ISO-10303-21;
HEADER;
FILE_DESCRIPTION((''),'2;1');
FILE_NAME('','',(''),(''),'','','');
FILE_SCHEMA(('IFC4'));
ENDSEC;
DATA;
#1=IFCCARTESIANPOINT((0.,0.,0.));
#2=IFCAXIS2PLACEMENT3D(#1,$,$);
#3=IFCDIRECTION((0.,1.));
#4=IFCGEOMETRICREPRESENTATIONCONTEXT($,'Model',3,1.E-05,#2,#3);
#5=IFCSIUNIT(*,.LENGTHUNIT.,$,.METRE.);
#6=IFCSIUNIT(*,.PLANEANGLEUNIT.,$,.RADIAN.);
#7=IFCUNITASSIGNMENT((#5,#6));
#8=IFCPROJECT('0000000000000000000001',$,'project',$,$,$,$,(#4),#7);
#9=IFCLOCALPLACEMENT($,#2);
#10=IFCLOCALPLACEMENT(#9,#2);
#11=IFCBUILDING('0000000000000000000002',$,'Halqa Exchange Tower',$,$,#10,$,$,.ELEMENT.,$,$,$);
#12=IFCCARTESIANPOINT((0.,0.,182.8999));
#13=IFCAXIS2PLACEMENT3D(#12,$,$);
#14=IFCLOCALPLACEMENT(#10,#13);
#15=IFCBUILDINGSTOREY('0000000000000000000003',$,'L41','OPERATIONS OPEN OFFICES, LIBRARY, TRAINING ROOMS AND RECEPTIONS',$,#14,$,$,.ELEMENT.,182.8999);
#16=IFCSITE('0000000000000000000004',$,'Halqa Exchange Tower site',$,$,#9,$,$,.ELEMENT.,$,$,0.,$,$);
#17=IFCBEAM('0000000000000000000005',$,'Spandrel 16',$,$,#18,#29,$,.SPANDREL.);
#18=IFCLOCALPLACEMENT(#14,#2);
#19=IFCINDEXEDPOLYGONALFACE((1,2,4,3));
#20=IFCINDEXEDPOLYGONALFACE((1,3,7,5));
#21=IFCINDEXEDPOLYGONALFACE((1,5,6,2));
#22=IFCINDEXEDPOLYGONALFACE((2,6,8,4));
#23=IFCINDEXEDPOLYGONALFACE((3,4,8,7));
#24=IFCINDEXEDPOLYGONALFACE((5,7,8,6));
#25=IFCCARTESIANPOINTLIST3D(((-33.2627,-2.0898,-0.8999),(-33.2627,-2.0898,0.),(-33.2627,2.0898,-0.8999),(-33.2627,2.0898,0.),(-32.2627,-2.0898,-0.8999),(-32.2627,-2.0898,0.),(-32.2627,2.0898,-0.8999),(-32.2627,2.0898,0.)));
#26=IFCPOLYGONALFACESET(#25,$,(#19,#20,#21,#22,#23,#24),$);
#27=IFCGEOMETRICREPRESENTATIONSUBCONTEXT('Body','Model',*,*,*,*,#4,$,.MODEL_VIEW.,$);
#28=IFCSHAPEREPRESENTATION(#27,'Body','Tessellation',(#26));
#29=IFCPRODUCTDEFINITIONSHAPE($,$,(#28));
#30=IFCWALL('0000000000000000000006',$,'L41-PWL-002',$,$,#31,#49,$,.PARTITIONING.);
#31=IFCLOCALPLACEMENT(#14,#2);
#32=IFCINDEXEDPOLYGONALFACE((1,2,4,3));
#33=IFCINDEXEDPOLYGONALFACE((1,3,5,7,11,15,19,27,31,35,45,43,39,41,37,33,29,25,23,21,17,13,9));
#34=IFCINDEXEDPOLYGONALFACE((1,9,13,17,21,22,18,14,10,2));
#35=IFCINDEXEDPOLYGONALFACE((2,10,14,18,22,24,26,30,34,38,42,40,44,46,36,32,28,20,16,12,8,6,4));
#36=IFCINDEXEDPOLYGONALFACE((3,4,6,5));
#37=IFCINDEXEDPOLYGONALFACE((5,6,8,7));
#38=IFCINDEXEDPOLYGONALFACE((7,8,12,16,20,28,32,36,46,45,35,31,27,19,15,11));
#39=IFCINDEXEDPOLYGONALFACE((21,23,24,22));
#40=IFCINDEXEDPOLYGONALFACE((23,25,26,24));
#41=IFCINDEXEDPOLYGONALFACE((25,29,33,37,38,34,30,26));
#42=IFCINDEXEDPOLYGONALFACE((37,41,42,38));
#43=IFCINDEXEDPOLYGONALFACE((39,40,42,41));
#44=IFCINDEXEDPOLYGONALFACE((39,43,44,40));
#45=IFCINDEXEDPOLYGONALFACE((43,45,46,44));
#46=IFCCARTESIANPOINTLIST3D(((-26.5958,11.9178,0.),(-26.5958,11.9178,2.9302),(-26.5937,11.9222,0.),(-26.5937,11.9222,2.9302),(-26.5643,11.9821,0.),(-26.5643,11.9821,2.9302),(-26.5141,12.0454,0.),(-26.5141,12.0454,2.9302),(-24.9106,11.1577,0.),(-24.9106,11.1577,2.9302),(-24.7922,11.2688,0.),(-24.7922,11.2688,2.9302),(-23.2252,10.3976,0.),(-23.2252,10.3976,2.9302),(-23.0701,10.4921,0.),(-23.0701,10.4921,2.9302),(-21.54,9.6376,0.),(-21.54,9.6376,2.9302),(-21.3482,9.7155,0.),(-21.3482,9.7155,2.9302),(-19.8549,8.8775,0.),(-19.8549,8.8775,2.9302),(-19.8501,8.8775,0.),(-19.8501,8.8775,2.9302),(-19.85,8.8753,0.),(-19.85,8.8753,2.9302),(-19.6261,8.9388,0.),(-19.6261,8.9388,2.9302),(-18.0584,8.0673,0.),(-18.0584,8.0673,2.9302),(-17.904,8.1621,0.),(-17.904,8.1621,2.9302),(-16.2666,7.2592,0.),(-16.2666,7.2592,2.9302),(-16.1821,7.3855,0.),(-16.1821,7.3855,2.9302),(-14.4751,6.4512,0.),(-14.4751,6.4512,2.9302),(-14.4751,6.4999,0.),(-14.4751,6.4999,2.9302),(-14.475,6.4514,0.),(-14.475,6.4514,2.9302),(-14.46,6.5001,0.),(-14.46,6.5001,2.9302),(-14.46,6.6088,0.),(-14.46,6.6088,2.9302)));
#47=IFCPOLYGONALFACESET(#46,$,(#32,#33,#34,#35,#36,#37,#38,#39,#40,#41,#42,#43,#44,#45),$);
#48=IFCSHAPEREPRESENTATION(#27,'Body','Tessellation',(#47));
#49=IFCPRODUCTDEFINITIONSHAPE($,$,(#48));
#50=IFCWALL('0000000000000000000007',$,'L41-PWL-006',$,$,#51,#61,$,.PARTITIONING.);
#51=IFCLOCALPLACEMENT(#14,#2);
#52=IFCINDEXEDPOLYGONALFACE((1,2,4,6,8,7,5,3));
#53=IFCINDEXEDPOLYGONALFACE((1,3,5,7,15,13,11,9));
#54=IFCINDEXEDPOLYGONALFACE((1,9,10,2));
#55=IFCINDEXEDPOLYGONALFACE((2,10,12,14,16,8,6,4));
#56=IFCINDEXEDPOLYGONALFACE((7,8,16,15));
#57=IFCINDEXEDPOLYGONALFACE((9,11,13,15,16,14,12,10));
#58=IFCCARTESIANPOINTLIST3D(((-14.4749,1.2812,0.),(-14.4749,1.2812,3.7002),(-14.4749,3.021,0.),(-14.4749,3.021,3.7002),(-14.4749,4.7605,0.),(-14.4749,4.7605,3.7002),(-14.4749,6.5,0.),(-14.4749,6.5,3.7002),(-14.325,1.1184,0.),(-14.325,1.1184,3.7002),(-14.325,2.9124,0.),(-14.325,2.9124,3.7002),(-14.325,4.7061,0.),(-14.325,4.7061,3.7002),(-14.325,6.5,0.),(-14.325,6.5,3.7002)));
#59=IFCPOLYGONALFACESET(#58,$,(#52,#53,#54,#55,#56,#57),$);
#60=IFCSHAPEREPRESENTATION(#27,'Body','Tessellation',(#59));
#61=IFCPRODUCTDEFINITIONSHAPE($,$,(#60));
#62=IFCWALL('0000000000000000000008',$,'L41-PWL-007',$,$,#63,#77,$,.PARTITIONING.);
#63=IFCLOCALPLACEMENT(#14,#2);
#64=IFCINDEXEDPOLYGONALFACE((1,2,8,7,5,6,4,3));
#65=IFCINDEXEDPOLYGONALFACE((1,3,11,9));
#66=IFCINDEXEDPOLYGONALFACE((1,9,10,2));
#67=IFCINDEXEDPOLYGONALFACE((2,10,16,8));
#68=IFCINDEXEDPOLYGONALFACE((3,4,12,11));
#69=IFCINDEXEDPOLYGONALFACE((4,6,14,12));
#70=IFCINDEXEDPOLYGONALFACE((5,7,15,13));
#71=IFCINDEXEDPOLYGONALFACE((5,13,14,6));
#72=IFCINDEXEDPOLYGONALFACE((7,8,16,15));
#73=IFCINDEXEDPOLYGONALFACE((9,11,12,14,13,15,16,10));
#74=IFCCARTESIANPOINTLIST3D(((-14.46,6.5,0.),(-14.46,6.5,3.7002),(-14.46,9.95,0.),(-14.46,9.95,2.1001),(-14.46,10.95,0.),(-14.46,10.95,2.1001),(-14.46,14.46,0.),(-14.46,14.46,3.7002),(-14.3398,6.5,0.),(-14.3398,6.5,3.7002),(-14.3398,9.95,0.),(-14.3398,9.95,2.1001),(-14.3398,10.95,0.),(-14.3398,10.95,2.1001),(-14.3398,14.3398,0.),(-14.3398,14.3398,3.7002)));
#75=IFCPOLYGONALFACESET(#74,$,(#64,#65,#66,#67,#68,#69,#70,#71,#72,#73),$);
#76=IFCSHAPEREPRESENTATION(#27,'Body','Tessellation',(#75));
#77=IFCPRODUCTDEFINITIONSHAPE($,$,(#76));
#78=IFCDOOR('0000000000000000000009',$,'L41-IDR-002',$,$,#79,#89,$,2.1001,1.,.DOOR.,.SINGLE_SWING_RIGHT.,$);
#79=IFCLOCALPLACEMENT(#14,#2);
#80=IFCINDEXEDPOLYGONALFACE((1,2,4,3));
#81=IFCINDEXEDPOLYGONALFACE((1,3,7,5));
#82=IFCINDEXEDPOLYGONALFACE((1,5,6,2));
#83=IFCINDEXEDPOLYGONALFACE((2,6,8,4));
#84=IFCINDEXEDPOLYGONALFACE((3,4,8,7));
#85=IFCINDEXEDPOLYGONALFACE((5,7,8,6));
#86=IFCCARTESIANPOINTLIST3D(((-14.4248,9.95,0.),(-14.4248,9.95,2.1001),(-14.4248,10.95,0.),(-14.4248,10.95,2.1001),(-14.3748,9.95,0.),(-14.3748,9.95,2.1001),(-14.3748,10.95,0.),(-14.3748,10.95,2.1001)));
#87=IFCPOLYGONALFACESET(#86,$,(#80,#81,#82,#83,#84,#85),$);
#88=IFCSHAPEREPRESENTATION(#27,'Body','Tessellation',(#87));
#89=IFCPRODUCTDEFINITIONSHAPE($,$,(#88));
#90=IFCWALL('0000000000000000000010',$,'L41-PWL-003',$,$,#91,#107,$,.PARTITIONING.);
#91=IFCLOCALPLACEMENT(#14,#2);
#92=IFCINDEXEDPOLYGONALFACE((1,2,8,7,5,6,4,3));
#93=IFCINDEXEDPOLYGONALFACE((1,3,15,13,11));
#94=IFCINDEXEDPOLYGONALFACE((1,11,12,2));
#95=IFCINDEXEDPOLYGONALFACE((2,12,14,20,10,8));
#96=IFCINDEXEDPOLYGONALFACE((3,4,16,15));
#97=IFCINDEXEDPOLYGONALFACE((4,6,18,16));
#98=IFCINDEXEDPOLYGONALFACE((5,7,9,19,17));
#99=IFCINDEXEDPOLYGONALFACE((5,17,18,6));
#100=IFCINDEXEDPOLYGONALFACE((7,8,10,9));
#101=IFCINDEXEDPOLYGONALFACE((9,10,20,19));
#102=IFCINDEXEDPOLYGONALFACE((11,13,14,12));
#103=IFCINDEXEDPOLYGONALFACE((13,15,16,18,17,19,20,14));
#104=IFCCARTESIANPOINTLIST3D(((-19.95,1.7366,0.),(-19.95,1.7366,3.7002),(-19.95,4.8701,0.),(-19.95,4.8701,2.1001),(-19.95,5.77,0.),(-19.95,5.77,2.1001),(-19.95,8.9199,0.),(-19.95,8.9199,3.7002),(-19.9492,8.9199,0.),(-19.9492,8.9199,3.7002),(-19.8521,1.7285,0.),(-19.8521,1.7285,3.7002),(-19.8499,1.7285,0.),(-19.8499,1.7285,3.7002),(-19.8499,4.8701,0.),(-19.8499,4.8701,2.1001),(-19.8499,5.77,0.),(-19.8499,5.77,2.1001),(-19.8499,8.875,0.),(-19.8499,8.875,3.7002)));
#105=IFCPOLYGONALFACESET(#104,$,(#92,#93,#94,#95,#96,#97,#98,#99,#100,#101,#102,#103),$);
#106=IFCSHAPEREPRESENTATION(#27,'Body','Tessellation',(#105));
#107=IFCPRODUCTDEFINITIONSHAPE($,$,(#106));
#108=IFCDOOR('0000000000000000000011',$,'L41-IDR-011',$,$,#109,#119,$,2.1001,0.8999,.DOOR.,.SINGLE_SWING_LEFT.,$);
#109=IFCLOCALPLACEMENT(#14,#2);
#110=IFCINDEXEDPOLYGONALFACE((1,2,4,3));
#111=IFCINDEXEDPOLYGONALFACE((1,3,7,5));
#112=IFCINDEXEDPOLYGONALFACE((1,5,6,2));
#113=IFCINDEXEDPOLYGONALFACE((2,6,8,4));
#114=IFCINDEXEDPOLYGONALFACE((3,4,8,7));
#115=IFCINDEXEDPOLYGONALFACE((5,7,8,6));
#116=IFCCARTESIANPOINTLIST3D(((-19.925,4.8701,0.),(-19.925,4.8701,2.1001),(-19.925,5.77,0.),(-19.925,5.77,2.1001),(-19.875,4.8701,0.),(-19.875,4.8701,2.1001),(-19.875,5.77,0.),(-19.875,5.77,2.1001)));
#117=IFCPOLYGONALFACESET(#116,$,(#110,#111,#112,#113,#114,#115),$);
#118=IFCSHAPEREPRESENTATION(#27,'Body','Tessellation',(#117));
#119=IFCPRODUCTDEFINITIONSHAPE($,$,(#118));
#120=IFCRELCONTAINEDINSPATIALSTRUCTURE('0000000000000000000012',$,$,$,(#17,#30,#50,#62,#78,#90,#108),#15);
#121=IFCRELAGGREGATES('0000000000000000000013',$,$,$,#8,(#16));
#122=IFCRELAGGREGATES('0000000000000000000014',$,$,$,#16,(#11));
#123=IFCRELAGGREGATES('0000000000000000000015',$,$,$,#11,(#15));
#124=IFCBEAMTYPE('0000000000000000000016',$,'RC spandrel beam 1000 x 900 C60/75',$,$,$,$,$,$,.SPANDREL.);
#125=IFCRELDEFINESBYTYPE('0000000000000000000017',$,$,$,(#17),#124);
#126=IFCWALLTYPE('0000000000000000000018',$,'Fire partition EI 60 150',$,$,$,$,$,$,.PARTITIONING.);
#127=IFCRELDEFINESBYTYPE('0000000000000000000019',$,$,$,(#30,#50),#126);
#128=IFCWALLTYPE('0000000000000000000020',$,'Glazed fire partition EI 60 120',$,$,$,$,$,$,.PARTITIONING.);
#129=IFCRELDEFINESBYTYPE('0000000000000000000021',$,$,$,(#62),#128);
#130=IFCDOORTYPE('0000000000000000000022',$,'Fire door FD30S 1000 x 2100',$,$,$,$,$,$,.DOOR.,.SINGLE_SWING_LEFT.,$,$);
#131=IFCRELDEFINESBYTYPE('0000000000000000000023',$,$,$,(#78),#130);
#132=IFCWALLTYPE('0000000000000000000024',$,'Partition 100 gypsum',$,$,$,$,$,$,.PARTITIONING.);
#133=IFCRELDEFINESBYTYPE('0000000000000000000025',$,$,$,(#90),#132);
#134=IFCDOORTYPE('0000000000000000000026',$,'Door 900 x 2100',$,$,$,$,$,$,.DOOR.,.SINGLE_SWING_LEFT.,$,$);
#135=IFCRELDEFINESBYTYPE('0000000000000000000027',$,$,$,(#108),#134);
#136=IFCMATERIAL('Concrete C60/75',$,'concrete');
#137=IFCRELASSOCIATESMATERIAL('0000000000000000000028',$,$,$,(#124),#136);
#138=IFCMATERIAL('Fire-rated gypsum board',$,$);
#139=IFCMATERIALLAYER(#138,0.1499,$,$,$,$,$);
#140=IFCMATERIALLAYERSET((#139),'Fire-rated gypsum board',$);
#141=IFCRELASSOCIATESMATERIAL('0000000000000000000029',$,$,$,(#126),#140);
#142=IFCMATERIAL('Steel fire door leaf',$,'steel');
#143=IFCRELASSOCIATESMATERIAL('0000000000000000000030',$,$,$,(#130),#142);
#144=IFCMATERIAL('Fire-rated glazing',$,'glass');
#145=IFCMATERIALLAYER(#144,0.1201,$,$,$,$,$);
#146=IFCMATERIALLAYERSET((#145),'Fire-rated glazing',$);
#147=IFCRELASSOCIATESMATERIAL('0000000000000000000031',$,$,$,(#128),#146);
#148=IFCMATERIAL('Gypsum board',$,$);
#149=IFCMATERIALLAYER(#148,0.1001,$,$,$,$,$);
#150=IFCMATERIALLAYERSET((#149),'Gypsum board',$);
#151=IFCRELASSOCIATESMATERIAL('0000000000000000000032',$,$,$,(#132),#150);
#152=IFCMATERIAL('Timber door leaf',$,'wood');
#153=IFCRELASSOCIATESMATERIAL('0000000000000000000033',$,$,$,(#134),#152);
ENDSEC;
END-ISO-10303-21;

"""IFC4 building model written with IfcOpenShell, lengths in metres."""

from ifc_helpers import new_model, si_unit, direction, frame, frame_2d, origin, origin_2d, place, context, subcontext, project, spatial, polyline, rectangle, outline, extrude, material, layer, layer_set, material_profile, profile_set, type_object, element, fill, save


model = new_model("IFC4")

# Units and contexts
model_context = context("Model", 3, precision=1e-05, world=origin(), true_north=direction((0.0, 1.0)))
body_context = subcontext(model_context, "Body", "Model", "MODEL_VIEW")
ifc_project = project(units=[si_unit("LENGTHUNIT", "METRE"), si_unit("PLANEANGLEUNIT", "RADIAN")], contexts=[model_context])

# Site, building, storey
site_placement = place(None, origin())
site = spatial("IfcSite", under=ifc_project, at=site_placement, Name="Halqa Exchange Tower site", CompositionType="ELEMENT", RefElevation=0.0)
building_placement = place(site_placement, origin())
building = spatial("IfcBuilding", under=site, at=building_placement, Name="Halqa Exchange Tower", CompositionType="ELEMENT")
storey_placement = place(building_placement, frame((0.0, 0.0, 182.8999)))
storey = spatial("IfcBuildingStorey", under=building, at=storey_placement, Name="L41", Description="OPERATIONS OPEN OFFICES, LIBRARY, TRAINING ROOMS AND RECEPTIONS", CompositionType="ELEMENT", Elevation=182.8999)

# Beam
ifc_material_1 = material(Name="Concrete C60/75", Category="concrete")
ifc_material_profile_1 = material_profile(ifc_material_1, rectangle(XDim=1.0, YDim=0.8999, at=origin_2d()), Name="1000 x 900")
ifc_profile_set_1 = profile_set([ifc_material_profile_1], Name="Concrete C60/75")
beam_type_1 = type_object("IfcBeamType", Name="RC spandrel beam 1000 x 900 C60/75", PredefinedType="SPANDREL", material=ifc_profile_set_1)
beam_1_placement = place(storey_placement, frame((-32.7627, 2.0898, -0.45), z_axis=(0.0, -1.0, 0.0), x_axis=(1.0, 0.0, 0.0)))
element("IfcBeam", 1, at=beam_1_placement, inside=storey, type_object=beam_type_1, Name="Spandrel 16", PredefinedType="SPANDREL", context=body_context, shape_type="SweptSolid", body=[
    extrude(rectangle(XDim=1.0, YDim=0.8999, at=origin_2d()), origin(), (0.0, 0.0, 1.0), 4.1797),
])

# Shared definitions
ifc_material_2 = material(Name="Fire-rated gypsum board")
ifc_layer_1 = layer(ifc_material_2, 0.1499)
ifc_layer_set_1 = layer_set([ifc_layer_1], Name="Fire-rated gypsum board")
wall_type_1 = type_object("IfcWallType", Name="Fire partition EI 60 150", PredefinedType="PARTITIONING", material=ifc_layer_set_1)
ifc_material_3 = material(Name="Steel fire door leaf", Category="steel")
door_type_1 = type_object("IfcDoorType", Name="Fire door FD30S 1000 x 2100", OperationType="SINGLE_SWING_LEFT", PredefinedType="DOOR", material=ifc_material_3)

# Walls
wall_1_placement = place(storey_placement, frame((-26.5649, 11.9861, 0.0), z_axis=(0.0, 0.0, 1.0), x_axis=(0.911576, -0.411133, 0.0)))
element("IfcWall", 2, at=wall_1_placement, inside=storey, type_object=wall_type_1, Name="L41-PWL-002", PredefinedType="PARTITIONING", context=body_context, shape_type="SweptSolid", body=[
    extrude(outline(polyline([(0.0, -0.075), (1.8486, -0.075), (3.6975, -0.075), (5.5461, -0.075), (7.3948, -0.075), (7.3992, -0.073), (7.4001, -0.075), (9.3655, -0.075), (11.3311, -0.075), (13.2964, -0.075), (13.2964, -0.0747), (13.2764, -0.0305), (13.29, -0.0242), (13.2454, 0.075), (11.3562, 0.075), (9.4673, 0.075), (7.5781, 0.075), (5.689, 0.075), (3.8, 0.075), (1.9109, 0.075), (0.022, 0.075), (0.0022, -0.0034), (0.0, -0.0701), (0.0, -0.075)])), origin(), (0.0, 0.0, 1.0), 2.9302),
])
wall_2_placement = place(storey_placement, frame((-14.3999, 1.1184, 0.0), z_axis=(0.0, 0.0, 1.0), x_axis=(0.0, 1.0, 0.0)))
element("IfcWall", 3, at=wall_2_placement, inside=storey, type_object=wall_type_1, Name="L41-PWL-006", PredefinedType="PARTITIONING", context=body_context, shape_type="SweptSolid", body=[
    extrude(outline(polyline([(5.3816, 0.075), (3.6421, 0.075), (1.9026, 0.075), (0.1628, 0.075), (0.0, -0.075), (1.7939, -0.075), (3.5876, -0.075), (5.3816, -0.075), (5.3816, 0.075)])), origin(), (0.0, 0.0, 1.0), 3.7002),
])

# Walls, openings, doors
ifc_material_4 = material(Name="Fire-rated glazing", Category="glass")
ifc_layer_2 = layer(ifc_material_4, 0.1201)
ifc_layer_set_2 = layer_set([ifc_layer_2], Name="Fire-rated glazing")
wall_type_2 = type_object("IfcWallType", Name="Glazed fire partition EI 60 120", PredefinedType="PARTITIONING", material=ifc_layer_set_2)
wall_3_placement = place(storey_placement, frame((-14.3999, 6.5, 0.0), z_axis=(0.0, 0.0, 1.0), x_axis=(0.0, 1.0, 0.0)))
wall_3 = element("IfcWall", 4, at=wall_3_placement, inside=storey, type_object=wall_type_2, Name="L41-PWL-007", PredefinedType="PARTITIONING", context=body_context, shape_type="SweptSolid", body=[
    extrude(outline(polyline([(0.0, -0.0601), (1.96, -0.0601), (3.9199, -0.0601), (5.8799, -0.0601), (7.8398, -0.0601), (7.96, 0.0601), (5.97, 0.0601), (3.98, 0.0601), (1.99, 0.0601), (0.0, 0.0601), (0.0, -0.0601)])), origin(), (0.0, 0.0, 1.0), 3.7002),
])
opening_1_placement = place(wall_3_placement, frame((3.45, 0.0, 0.0)))
opening_1 = element("IfcOpeningElement", 5, at=opening_1_placement, cuts=wall_3, PredefinedType="OPENING", context=body_context, shape_type="SweptSolid", body=[
    extrude(rectangle(XDim=1.0, YDim=2.1001, at=frame_2d((0.5, 1.05))), frame((0.0, 0.072, 0.0), z_axis=(0.0, -1.0, 0.0), x_axis=(1.0, 0.0, 0.0)), (0.0, 0.0, 1.0), 0.144),
])
door_1_placement = place(opening_1_placement, origin())
door_1 = element("IfcDoor", 6, at=door_1_placement, inside=storey, type_object=door_type_1, Name="L41-IDR-002", OperationType="SINGLE_SWING_RIGHT", OverallHeight=2.1001, OverallWidth=1.0, PredefinedType="DOOR", context=body_context, shape_type="SweptSolid", body=[
    extrude(rectangle(XDim=1.0, YDim=2.1001, at=frame_2d((0.5, 1.05))), frame((0.0, 0.0249, 0.0), z_axis=(0.0, -1.0, 0.0), x_axis=(1.0, 0.0, 0.0)), (0.0, 0.0, 1.0), 0.05),
])
fill(opening_1, door_1)
ifc_material_5 = material(Name="Gypsum board")
ifc_layer_3 = layer(ifc_material_5, 0.1001)
ifc_layer_set_3 = layer_set([ifc_layer_3], Name="Gypsum board")
wall_type_3 = type_object("IfcWallType", Name="Partition 100 gypsum", PredefinedType="PARTITIONING", material=ifc_layer_set_3)
wall_4_placement = place(storey_placement, frame((-19.8999, 1.7285, 0.0), z_axis=(0.0, 0.0, 1.0), x_axis=(0.0, 1.0, 0.0)))
wall_4 = element("IfcWall", 7, at=wall_4_placement, inside=storey, type_object=wall_type_3, Name="L41-PWL-003", PredefinedType="PARTITIONING", context=body_context, shape_type="SweptSolid", body=[
    extrude(outline(polyline([(0.0, -0.05), (1.7866, -0.05), (3.5732, -0.05), (5.3599, -0.05), (7.1465, -0.05), (7.1914, 0.0493), (7.1914, 0.05), (5.3955, 0.05), (3.5999, 0.05), (1.804, 0.05), (0.0081, 0.05), (0.0, -0.0479), (0.0, -0.05)])), origin(), (0.0, 0.0, 1.0), 3.7002),
])
opening_2_placement = place(wall_4_placement, frame((3.1416, 0.0, 0.0)))
opening_2 = element("IfcOpeningElement", 8, at=opening_2_placement, cuts=wall_4, PredefinedType="OPENING", context=body_context, shape_type="SweptSolid", body=[
    extrude(rectangle(XDim=0.8999, YDim=2.1001, at=frame_2d((0.45, 1.05))), frame((0.0, 0.062, 0.0), z_axis=(0.0, -1.0, 0.0), x_axis=(1.0, 0.0, 0.0)), (0.0, 0.0, 1.0), 0.124),
])
ifc_material_6 = material(Name="Timber door leaf", Category="wood")
door_type_2 = type_object("IfcDoorType", Name="Door 900 x 2100", OperationType="SINGLE_SWING_LEFT", PredefinedType="DOOR", material=ifc_material_6)
door_2_placement = place(opening_2_placement, frame((0.8999, 0.0, 0.0), z_axis=(0.0, 0.0, 1.0), x_axis=(-1.0, 0.0, 0.0)))
door_2 = element("IfcDoor", 9, at=door_2_placement, inside=storey, type_object=door_type_2, Name="L41-IDR-011", OperationType="SINGLE_SWING_LEFT", OverallHeight=2.1001, OverallWidth=0.8999, PredefinedType="DOOR", context=body_context, shape_type="SweptSolid", body=[
    extrude(rectangle(XDim=0.8999, YDim=2.1001, at=frame_2d((0.45, 1.05))), frame((0.0, 0.0249, 0.0), z_axis=(0.0, -1.0, 0.0), x_axis=(1.0, 0.0, 0.0)), (0.0, 0.0, 1.0), 0.05),
])
fill(opening_2, door_2)

save(model, "model.ifc")
